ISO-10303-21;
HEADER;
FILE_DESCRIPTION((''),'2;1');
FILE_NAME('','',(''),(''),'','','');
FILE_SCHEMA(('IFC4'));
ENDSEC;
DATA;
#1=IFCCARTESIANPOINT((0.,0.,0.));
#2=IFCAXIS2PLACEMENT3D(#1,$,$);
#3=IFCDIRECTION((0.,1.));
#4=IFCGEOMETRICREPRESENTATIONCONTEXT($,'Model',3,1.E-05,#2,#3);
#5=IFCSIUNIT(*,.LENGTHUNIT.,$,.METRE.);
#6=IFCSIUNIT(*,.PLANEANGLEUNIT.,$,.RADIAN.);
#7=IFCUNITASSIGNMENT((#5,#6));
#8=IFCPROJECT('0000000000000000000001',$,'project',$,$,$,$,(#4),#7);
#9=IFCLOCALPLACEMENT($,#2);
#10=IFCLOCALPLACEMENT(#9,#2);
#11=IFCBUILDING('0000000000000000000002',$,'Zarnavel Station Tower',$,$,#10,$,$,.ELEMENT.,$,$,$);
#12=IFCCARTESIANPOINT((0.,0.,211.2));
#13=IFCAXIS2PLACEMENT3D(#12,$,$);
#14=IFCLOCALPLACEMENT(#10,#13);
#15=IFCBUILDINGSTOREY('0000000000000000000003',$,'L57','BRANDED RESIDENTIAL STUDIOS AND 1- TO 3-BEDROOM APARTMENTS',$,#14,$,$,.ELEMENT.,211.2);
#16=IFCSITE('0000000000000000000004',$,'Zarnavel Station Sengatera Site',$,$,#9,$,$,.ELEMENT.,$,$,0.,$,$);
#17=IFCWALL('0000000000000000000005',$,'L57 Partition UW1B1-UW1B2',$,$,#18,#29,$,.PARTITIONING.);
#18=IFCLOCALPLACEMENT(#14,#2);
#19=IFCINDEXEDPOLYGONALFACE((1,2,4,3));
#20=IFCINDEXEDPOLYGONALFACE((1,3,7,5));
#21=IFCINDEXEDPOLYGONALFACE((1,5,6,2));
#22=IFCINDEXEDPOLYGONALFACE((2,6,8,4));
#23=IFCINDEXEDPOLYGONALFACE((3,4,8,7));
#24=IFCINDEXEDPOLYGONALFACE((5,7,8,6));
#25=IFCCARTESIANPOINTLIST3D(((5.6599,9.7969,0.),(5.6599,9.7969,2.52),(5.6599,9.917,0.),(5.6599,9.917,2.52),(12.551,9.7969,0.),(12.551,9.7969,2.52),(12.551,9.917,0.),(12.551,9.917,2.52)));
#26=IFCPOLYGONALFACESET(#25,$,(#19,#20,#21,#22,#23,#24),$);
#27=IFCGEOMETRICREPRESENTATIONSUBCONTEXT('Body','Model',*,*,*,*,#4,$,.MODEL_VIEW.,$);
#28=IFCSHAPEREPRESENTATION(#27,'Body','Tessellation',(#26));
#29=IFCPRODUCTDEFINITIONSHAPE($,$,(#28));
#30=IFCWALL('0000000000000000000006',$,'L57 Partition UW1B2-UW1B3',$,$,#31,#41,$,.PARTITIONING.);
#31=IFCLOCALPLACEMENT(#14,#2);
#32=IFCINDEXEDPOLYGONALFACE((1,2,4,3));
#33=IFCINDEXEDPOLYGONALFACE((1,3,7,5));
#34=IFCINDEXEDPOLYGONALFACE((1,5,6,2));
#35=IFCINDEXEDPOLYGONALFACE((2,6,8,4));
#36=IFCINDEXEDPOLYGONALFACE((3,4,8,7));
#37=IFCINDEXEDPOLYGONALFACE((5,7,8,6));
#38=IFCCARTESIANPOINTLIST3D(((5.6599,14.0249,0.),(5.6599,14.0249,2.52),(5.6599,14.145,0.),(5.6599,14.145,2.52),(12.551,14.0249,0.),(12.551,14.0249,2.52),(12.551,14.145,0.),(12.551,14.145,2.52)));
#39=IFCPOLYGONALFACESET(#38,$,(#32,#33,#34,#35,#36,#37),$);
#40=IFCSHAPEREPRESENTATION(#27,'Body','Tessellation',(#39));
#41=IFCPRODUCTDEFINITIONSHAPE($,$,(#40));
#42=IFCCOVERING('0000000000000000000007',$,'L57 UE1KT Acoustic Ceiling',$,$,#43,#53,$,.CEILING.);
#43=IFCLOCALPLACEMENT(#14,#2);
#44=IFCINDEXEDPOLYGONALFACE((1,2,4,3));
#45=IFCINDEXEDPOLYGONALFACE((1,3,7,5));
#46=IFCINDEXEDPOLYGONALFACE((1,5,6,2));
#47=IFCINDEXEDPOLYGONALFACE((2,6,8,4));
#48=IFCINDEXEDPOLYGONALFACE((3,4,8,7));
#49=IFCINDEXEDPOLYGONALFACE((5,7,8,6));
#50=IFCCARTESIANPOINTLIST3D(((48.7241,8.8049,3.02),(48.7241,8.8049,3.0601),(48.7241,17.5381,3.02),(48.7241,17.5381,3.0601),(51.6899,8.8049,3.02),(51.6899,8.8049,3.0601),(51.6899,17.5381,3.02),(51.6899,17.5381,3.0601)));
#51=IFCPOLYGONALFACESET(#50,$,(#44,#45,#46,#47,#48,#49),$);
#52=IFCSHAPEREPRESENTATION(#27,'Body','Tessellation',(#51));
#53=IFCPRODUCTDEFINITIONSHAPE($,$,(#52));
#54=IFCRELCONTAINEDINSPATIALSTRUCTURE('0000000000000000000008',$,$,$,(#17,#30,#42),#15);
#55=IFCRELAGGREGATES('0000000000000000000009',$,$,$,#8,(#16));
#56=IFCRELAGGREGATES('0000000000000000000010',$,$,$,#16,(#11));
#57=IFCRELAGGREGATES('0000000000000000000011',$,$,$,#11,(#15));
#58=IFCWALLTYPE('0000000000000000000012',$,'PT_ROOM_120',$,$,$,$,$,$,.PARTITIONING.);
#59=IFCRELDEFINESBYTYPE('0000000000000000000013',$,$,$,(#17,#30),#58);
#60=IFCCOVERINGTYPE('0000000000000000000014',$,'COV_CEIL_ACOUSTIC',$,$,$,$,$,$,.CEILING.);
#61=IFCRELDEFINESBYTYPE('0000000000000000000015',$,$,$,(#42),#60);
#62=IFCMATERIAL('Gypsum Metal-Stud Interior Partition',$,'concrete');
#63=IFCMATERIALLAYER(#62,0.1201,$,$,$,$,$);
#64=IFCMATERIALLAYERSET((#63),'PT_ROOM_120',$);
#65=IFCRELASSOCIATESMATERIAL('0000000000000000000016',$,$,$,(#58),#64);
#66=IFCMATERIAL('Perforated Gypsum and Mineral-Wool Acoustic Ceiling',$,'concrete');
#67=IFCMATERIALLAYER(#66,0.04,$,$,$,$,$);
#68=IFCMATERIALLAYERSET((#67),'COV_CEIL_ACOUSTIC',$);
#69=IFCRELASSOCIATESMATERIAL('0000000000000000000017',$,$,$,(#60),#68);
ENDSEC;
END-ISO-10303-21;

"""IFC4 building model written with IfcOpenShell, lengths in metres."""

from ifc_helpers import new_model, si_unit, direction, frame, frame_2d, origin, place, context, subcontext, project, spatial, polyline, rectangle, outline, extrude, material, layer, layer_set, type_object, element, save


model = new_model("IFC4")

# Units and contexts
model_context = context("Model", 3, precision=1e-05, world=origin(), true_north=direction((0.0, 1.0)))
body_context = subcontext(model_context, "Body", "Model", "MODEL_VIEW")
ifc_project = project(units=[si_unit("LENGTHUNIT", "METRE"), si_unit("PLANEANGLEUNIT", "RADIAN")], contexts=[model_context])

# Site, building, storey
site_placement = place(None, origin())
site = spatial("IfcSite", under=ifc_project, at=site_placement, Name="Zarnavel Station Sengatera Site", CompositionType="ELEMENT", RefElevation=0.0)
building_placement = place(site_placement, origin())
building = spatial("IfcBuilding", under=site, at=building_placement, Name="Zarnavel Station Tower", CompositionType="ELEMENT")
storey_placement = place(building_placement, frame((0.0, 0.0, 211.2)))
storey = spatial("IfcBuildingStorey", under=building, at=storey_placement, Name="L57", Description="BRANDED RESIDENTIAL STUDIOS AND 1- TO 3-BEDROOM APARTMENTS", CompositionType="ELEMENT", Elevation=211.2)

# Walls
ifc_material_1 = material(Name="Gypsum Metal-Stud Interior Partition", Category="concrete")
ifc_layer_1 = layer(ifc_material_1, 0.1201)
ifc_layer_set_1 = layer_set([ifc_layer_1], Name="PT_ROOM_120")
wall_type_1 = type_object("IfcWallType", Name="PT_ROOM_120", PredefinedType="PARTITIONING", material=ifc_layer_set_1)
for number, where, z_axis, x_axis, name in (
    (1, (5.6599, 9.8569, 0.0), (0.0, 0.0, 1.0), (1.0, 0.0, 0.0), "L57 Partition UW1B1-UW1B2"),
    (2, (5.6599, 14.085, 0.0), (0.0, 0.0, 1.0), (1.0, 0.0, 0.0), "L57 Partition UW1B2-UW1B3"),
):
    element("IfcWall", number, at=place(storey_placement, frame(where, z_axis=z_axis, x_axis=x_axis)), inside=storey, type_object=wall_type_1, Name=name, PredefinedType="PARTITIONING", context=body_context, shape_type="SweptSolid", body=[
        extrude(rectangle(XDim=6.8911, YDim=0.1201, at=frame_2d((3.4456, 0.0))), origin(), (0.0, 0.0, 1.0), 2.52),
    ])

# Covering
ifc_material_2 = material(Name="Perforated Gypsum and Mineral-Wool Acoustic Ceiling", Category="concrete")
ifc_layer_2 = layer(ifc_material_2, 0.04)
ifc_layer_set_2 = layer_set([ifc_layer_2], Name="COV_CEIL_ACOUSTIC")
covering_type = type_object("IfcCoveringType", Name="COV_CEIL_ACOUSTIC", PredefinedType="CEILING", material=ifc_layer_set_2)
covering_placement = place(storey_placement, frame((0.0, 0.0, 3.02)))
element("IfcCovering", 3, at=covering_placement, inside=storey, type_object=covering_type, Name="L57 UE1KT Acoustic Ceiling", PredefinedType="CEILING", context=body_context, shape_type="SweptSolid", body=[
    extrude(outline(polyline([(48.7241, 8.8049), (51.6899, 8.8049), (51.6899, 17.5381), (48.7241, 17.5381), (48.7241, 8.8049)])), origin(), (0.0, 0.0, 1.0), 0.04),
])

save(model, "model.ifc")
